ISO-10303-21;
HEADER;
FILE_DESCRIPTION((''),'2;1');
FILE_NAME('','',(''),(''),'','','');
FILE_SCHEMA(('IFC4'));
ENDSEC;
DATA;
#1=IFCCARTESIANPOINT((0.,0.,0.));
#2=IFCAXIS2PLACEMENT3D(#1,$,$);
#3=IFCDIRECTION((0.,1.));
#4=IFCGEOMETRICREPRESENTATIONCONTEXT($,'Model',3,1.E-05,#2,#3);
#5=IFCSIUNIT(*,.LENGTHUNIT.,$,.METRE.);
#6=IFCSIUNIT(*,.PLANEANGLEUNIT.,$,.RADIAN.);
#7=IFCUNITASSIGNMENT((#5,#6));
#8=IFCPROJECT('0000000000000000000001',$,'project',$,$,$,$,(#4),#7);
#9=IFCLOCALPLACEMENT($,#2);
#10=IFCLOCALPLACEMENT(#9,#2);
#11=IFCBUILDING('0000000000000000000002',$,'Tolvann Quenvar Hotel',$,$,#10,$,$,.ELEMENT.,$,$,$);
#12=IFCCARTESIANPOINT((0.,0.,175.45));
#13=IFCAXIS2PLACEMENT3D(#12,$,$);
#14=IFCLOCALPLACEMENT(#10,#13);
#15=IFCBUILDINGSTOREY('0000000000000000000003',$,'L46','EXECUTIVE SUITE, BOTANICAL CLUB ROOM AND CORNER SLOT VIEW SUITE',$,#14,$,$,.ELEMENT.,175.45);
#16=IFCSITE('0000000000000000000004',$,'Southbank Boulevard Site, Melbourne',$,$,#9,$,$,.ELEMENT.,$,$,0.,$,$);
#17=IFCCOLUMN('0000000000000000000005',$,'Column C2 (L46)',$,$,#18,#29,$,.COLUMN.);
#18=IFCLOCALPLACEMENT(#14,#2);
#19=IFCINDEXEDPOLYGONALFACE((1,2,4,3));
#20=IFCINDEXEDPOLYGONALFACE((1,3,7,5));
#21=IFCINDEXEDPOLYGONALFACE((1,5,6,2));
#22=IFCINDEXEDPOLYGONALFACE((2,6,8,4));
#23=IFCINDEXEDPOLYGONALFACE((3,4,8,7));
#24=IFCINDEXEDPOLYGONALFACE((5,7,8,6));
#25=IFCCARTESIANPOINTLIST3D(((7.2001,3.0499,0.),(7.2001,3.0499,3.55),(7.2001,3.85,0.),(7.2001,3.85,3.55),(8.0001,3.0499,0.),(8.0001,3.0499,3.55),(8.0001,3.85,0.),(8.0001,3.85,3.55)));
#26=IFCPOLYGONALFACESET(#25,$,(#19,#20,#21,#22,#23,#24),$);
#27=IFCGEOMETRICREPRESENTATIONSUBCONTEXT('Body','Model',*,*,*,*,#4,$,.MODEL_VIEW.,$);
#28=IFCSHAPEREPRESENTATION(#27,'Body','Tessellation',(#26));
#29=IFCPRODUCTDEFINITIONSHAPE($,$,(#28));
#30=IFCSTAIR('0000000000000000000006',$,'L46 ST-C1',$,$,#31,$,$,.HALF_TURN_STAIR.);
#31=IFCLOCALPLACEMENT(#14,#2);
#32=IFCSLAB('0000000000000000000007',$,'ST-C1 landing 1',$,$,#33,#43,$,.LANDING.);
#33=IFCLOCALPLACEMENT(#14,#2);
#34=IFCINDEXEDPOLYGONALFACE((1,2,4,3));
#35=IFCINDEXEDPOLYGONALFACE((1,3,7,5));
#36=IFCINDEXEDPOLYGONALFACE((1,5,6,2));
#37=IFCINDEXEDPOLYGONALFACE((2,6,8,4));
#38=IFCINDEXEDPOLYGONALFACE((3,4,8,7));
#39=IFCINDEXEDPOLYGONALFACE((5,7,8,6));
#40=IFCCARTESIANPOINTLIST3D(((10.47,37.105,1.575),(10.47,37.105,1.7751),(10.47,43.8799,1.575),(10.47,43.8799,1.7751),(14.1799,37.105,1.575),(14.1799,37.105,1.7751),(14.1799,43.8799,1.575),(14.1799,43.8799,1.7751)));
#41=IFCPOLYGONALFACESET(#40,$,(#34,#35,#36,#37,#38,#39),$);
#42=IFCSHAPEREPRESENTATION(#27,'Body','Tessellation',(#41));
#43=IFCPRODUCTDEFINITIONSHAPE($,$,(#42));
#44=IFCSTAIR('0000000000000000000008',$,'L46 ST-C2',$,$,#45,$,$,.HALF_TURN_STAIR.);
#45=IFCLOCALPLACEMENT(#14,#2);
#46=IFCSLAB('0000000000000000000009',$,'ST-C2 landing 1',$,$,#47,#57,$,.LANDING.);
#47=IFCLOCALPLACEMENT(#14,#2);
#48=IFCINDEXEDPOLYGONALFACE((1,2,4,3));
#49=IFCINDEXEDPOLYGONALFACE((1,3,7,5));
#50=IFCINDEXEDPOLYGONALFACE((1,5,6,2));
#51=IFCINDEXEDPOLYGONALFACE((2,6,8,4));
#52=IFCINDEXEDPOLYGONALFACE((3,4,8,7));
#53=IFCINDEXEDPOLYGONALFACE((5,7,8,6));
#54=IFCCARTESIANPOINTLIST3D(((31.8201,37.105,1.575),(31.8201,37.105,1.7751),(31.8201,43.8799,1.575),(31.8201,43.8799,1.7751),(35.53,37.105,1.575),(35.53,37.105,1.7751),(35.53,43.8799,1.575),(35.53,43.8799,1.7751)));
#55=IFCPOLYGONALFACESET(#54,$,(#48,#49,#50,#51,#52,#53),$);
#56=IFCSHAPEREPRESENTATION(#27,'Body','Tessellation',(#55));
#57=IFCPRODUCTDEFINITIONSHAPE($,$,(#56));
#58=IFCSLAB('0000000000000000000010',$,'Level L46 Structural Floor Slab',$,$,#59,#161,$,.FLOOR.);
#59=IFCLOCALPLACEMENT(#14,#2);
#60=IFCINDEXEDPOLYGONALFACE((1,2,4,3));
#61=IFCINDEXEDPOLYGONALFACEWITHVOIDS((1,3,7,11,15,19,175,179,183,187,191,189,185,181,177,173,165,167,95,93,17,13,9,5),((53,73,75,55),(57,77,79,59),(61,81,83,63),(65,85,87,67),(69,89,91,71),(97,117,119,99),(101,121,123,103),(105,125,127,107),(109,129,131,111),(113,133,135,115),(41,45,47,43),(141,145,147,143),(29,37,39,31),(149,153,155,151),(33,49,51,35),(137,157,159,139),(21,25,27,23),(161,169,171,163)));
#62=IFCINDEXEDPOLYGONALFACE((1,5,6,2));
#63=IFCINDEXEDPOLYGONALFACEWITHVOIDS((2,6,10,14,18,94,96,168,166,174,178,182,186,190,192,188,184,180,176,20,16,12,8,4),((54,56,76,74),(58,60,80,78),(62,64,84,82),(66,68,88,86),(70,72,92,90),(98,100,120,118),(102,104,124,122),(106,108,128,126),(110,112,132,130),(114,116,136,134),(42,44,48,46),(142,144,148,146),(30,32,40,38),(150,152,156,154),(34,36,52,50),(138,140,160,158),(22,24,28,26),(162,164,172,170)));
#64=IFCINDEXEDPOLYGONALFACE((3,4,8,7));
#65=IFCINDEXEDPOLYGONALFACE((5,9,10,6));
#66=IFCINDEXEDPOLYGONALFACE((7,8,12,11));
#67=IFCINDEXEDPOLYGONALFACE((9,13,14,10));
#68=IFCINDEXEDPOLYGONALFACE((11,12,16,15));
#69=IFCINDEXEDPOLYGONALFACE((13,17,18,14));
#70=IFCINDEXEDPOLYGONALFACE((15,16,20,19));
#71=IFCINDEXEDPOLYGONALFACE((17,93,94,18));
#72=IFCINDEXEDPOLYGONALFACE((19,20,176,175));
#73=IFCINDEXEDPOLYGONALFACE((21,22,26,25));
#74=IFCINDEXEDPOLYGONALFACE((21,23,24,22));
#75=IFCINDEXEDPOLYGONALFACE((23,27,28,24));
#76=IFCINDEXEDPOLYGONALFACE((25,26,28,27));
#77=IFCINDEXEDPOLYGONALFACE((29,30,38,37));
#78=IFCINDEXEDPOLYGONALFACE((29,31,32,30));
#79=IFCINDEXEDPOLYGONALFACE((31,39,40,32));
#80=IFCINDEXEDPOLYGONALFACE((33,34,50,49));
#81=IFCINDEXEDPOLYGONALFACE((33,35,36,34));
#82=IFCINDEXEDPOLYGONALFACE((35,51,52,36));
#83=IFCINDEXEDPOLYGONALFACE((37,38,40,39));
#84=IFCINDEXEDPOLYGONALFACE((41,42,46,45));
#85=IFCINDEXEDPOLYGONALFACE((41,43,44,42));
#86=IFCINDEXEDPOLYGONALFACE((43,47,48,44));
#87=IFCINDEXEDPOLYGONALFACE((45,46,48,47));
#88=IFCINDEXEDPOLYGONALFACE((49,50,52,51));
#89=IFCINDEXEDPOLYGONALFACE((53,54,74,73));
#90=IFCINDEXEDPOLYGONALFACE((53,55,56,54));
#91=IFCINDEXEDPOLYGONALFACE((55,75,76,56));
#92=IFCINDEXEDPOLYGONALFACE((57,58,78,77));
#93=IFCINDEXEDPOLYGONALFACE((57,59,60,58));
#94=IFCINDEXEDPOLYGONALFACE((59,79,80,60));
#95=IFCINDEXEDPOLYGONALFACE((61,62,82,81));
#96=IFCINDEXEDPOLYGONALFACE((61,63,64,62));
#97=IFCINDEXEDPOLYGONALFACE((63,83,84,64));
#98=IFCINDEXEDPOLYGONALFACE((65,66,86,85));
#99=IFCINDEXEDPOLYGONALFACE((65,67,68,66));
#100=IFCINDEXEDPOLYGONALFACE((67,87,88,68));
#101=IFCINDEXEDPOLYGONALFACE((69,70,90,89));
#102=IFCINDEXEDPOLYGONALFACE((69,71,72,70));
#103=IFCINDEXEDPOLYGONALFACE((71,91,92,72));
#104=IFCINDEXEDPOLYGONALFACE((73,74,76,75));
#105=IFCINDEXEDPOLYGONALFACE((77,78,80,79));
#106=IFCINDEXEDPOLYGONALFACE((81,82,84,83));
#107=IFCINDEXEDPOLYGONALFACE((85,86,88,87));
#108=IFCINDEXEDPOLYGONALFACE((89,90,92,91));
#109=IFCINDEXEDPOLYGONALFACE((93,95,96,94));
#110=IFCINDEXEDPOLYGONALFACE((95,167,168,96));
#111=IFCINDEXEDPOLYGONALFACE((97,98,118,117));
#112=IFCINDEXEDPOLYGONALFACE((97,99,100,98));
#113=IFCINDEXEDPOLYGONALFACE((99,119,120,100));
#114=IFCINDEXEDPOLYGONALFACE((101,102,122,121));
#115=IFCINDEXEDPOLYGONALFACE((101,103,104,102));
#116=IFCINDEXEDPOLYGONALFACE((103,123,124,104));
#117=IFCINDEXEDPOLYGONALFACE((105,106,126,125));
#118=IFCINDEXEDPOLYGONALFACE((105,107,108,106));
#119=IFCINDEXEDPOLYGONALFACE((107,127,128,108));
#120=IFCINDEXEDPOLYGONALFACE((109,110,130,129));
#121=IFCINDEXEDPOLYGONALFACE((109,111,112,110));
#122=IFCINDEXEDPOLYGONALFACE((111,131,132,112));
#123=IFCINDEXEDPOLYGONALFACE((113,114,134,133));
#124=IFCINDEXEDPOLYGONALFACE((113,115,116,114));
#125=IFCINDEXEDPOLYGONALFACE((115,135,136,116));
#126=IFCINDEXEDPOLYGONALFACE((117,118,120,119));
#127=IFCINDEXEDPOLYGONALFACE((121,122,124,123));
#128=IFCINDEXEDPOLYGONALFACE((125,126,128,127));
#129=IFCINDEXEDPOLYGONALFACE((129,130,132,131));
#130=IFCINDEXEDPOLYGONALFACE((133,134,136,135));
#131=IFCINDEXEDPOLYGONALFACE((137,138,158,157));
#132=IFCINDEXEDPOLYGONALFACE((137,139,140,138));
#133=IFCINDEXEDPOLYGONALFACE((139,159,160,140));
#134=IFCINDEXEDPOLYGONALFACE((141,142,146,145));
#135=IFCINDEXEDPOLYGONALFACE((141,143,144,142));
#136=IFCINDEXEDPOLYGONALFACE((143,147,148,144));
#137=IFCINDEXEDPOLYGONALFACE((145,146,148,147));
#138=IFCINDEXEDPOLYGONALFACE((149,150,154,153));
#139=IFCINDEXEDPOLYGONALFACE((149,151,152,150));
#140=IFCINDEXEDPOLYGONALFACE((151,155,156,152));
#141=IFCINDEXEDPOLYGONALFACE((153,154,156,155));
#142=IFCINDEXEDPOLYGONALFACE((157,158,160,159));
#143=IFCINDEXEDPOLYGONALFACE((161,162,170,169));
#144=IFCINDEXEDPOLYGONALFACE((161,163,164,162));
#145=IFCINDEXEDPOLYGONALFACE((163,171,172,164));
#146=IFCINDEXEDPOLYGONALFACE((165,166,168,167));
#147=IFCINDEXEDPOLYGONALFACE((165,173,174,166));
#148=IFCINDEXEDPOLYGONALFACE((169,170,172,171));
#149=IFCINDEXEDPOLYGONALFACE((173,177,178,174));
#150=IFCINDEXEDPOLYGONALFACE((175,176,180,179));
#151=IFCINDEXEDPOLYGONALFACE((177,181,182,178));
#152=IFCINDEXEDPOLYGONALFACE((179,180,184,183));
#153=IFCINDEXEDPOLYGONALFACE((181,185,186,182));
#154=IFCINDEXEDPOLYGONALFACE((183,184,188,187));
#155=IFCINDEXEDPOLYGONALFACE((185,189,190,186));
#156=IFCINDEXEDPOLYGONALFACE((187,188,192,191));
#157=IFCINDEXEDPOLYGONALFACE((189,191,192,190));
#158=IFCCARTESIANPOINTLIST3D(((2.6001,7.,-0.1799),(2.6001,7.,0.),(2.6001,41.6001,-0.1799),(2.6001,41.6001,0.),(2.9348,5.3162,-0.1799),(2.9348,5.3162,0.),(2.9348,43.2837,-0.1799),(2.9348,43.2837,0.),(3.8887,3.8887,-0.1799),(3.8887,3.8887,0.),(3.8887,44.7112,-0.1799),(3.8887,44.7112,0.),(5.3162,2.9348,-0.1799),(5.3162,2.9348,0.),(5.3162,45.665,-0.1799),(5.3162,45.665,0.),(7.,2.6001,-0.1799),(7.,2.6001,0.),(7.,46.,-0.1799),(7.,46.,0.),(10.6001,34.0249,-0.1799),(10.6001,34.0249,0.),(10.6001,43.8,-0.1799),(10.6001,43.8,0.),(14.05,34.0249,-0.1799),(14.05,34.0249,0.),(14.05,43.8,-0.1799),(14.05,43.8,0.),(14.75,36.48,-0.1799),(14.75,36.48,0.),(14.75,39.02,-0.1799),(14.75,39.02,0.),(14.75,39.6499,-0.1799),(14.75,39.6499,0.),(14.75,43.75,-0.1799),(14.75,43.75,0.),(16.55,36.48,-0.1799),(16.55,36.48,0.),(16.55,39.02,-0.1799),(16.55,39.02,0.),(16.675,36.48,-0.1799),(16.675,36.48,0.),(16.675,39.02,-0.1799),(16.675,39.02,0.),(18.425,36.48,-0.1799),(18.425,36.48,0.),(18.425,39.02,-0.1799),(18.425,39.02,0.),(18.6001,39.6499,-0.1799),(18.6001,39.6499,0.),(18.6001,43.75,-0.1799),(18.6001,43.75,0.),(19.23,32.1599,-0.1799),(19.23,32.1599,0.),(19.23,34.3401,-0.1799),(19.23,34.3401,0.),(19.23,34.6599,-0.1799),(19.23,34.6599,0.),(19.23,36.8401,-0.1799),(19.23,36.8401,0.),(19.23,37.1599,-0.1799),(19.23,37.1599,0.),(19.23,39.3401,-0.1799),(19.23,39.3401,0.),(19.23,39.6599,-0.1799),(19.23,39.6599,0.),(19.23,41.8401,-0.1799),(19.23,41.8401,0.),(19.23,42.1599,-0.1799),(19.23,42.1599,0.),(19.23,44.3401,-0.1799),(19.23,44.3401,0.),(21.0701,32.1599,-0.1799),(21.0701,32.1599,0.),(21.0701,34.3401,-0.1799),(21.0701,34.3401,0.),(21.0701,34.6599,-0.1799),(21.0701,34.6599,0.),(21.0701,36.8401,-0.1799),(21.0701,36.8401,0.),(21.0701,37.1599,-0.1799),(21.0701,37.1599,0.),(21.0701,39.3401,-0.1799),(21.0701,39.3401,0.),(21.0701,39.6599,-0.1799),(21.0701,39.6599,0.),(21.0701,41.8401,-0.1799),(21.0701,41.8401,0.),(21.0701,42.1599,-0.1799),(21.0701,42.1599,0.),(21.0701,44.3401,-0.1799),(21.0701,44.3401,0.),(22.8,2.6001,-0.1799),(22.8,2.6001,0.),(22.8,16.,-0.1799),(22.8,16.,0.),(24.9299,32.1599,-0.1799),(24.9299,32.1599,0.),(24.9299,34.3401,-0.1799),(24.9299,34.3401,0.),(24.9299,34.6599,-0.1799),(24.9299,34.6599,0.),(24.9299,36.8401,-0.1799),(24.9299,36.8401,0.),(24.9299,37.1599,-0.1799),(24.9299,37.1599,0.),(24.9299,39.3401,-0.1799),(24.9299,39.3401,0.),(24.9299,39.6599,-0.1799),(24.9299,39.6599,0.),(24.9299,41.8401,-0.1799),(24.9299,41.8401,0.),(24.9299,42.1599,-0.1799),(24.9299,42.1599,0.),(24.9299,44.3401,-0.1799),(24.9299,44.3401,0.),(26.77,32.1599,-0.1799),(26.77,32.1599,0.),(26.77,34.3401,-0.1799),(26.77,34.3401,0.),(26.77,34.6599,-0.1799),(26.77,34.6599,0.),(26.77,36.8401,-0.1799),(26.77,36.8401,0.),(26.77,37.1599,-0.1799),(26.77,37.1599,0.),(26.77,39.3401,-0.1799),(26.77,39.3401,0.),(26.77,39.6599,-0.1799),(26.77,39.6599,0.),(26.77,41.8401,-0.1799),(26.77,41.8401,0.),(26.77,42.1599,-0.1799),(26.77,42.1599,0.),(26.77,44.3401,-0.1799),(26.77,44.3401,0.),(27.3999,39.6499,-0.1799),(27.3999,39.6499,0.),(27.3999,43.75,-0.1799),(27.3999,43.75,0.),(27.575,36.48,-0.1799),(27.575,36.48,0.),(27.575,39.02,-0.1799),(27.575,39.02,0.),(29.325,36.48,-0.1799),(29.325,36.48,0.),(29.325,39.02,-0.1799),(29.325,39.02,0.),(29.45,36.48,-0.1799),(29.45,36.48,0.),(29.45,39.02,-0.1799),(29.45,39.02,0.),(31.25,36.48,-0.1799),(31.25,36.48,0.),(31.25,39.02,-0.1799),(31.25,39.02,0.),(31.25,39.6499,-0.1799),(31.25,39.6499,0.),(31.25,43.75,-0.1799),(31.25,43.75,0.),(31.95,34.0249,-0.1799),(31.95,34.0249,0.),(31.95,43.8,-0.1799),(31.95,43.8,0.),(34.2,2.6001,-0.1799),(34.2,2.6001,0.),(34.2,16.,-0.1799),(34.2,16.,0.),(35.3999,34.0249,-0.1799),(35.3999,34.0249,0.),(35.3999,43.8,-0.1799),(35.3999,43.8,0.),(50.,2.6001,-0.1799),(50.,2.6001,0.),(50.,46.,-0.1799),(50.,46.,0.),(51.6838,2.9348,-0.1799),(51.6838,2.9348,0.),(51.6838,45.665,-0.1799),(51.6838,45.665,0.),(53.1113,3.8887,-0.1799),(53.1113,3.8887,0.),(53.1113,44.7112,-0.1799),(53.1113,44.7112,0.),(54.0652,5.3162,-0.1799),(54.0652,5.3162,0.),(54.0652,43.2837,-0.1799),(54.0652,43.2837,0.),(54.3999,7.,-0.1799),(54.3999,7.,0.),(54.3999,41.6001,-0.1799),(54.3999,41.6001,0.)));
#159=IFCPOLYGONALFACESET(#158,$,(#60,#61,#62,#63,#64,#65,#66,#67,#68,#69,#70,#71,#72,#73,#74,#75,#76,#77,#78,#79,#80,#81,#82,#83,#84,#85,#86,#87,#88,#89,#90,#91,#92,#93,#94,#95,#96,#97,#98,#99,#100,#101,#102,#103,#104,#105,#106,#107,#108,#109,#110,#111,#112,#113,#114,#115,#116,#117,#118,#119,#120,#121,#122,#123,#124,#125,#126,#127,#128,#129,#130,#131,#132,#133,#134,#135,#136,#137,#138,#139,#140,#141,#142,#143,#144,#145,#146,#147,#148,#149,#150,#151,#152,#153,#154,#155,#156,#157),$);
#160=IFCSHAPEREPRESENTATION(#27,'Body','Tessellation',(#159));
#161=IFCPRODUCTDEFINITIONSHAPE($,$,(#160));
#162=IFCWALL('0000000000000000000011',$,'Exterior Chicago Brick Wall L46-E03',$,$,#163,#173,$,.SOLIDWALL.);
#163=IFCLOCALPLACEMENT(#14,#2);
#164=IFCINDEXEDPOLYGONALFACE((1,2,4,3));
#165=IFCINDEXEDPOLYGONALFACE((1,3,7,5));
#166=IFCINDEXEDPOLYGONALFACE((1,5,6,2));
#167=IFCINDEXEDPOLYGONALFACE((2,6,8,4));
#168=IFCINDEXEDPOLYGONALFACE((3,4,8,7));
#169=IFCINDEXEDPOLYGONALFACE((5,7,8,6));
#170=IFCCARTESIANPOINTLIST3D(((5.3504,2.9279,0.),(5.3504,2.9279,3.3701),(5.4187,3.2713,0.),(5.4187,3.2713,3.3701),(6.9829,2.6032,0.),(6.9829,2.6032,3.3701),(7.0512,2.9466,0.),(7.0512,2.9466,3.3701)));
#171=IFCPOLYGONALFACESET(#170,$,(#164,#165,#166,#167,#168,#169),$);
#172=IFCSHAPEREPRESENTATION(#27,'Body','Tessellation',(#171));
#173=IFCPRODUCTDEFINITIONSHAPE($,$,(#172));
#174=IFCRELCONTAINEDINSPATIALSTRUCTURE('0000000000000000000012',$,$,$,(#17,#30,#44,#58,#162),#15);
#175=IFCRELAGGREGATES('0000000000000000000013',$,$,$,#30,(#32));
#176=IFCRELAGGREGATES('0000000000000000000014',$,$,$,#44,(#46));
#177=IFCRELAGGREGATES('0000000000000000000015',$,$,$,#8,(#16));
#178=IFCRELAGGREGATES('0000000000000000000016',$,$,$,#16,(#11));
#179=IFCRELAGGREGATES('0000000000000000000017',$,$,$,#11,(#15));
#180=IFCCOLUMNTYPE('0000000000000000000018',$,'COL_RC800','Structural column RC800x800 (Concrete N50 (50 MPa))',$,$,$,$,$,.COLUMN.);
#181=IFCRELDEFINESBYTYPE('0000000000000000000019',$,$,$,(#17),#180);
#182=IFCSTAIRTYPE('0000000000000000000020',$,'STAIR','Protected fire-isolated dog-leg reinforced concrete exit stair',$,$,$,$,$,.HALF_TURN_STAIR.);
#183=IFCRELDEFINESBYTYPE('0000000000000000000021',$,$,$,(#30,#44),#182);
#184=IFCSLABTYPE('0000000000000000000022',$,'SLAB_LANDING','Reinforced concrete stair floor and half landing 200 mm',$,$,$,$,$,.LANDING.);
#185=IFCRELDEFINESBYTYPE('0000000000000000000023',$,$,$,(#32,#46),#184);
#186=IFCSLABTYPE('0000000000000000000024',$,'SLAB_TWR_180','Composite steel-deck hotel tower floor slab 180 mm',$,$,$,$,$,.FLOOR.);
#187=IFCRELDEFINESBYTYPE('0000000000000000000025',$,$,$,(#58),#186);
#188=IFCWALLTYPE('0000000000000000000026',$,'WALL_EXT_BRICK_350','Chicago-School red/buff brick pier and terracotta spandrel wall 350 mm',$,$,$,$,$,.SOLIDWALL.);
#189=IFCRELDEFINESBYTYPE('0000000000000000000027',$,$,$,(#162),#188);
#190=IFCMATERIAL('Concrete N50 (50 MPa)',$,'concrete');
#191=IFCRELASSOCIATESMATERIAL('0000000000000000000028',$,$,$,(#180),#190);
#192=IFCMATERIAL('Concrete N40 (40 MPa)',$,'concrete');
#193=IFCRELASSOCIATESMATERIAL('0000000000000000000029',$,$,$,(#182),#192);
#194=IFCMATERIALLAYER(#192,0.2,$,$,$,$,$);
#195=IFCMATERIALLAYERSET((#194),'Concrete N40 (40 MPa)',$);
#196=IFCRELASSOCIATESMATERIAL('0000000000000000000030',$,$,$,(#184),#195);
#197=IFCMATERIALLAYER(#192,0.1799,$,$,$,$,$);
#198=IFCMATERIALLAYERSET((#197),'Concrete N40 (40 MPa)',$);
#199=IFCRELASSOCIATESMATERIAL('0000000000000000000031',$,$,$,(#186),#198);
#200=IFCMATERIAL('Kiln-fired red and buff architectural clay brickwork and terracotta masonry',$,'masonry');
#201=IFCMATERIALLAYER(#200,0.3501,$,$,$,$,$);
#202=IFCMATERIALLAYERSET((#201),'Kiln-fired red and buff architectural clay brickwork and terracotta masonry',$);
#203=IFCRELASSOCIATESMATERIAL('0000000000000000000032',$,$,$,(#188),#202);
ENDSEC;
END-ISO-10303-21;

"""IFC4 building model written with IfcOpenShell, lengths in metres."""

from ifc_helpers import new_model, si_unit, direction, frame, frame_2d, origin, origin_2d, place, context, subcontext, project, spatial, polyline, rectangle, outline, extrude, source, transform, mapped, material, layer, layer_set, material_profile, profile_set, type_object, type_shapes, element, aggregate, save


model = new_model("IFC4")

# Units and contexts
model_context = context("Model", 3, precision=1e-05, world=origin(), true_north=direction((0.0, 1.0)))
body_context = subcontext(model_context, "Body", "Model", "MODEL_VIEW")
ifc_project = project(units=[si_unit("LENGTHUNIT", "METRE"), si_unit("PLANEANGLEUNIT", "RADIAN")], contexts=[model_context])

# Site, building, storey
site_placement = place(None, origin())
site = spatial("IfcSite", under=ifc_project, at=site_placement, Name="Southbank Boulevard Site, Melbourne", CompositionType="ELEMENT", RefElevation=0.0)
building_placement = place(site_placement, origin())
building = spatial("IfcBuilding", under=site, at=building_placement, Name="Tolvann Quenvar Hotel", CompositionType="ELEMENT")
storey_placement = place(building_placement, frame((0.0, 0.0, 175.45)))
storey = spatial("IfcBuildingStorey", under=building, at=storey_placement, Name="L46", Description="EXECUTIVE SUITE, BOTANICAL CLUB ROOM AND CORNER SLOT VIEW SUITE", CompositionType="ELEMENT", Elevation=175.45)

# Column
ifc_material_1 = material(Name="Concrete N50 (50 MPa)", Category="concrete")
ifc_material_profile = material_profile(ifc_material_1, rectangle(XDim=0.8, YDim=0.8, at=origin_2d()), Name="RC800x800")
ifc_profile_set = profile_set([ifc_material_profile], Name="Concrete N50 (50 MPa)")
column_type = type_object("IfcColumnType", Name="COL_RC800", Description="Structural column RC800x800 (Concrete N50 (50 MPa))", PredefinedType="COLUMN", material=ifc_profile_set)
shared_shape_1 = source(origin(), body_context, "Body", "SweptSolid", [
    extrude(rectangle(XDim=0.8, YDim=0.8, at=origin_2d()), origin(), (0.0, 0.0, 1.0), 3.55),
])
type_shapes(column_type, [shared_shape_1])
column_placement = place(storey_placement, frame((7.6001, 3.45, 0.0), z_axis=(0.0, 0.0, 1.0), x_axis=(1.0, 0.0, 0.0)))
element("IfcColumn", 1, at=column_placement, inside=storey, type_object=column_type, Name="Column C2 (L46)", PredefinedType="COLUMN", context=body_context, shape_type="MappedRepresentation", body=[
    mapped(shared_shape_1, transform((0.0, 0.0, 0.0), x_axis=(1.0, 0.0, 0.0), y_axis=(0.0, 1.0, 0.0), z_axis=(0.0, 0.0, 1.0), scale=1.0)),
])

# Stairs, slabs
ifc_material_2 = material(Name="Concrete N40 (40 MPa)", Category="concrete")
stair_type = type_object("IfcStairType", Name="STAIR", Description="Protected fire-isolated dog-leg reinforced concrete exit stair", PredefinedType="HALF_TURN_STAIR", material=ifc_material_2)
stair_1_placement = place(storey_placement, origin())
stair_1 = element("IfcStair", 2, at=stair_1_placement, inside=storey, type_object=stair_type, Name="L46 ST-C1", PredefinedType="HALF_TURN_STAIR")
ifc_layer_1 = layer(ifc_material_2, 0.2)
ifc_layer_set_1 = layer_set([ifc_layer_1], Name="Concrete N40 (40 MPa)")
slab_type_1 = type_object("IfcSlabType", Name="SLAB_LANDING", Description="Reinforced concrete stair floor and half landing 200 mm", PredefinedType="LANDING", material=ifc_layer_set_1)
slab_1_placement = place(storey_placement, frame((0.0, 0.0, 1.575)))
slab_1 = element("IfcSlab", 3, at=slab_1_placement, type_object=slab_type_1, Name="ST-C1 landing 1", PredefinedType="LANDING", context=body_context, shape_type="SweptSolid", body=[
    extrude(outline(polyline([(14.1799, 37.105), (14.1799, 43.8799), (10.47, 43.8799), (10.47, 37.105), (14.1799, 37.105)])), origin(), (0.0, 0.0, 1.0), 0.2002),
])
aggregate(stair_1, [slab_1])
stair_2_placement = place(storey_placement, origin())
stair_2 = element("IfcStair", 4, at=stair_2_placement, inside=storey, type_object=stair_type, Name="L46 ST-C2", PredefinedType="HALF_TURN_STAIR")
slab_2_placement = place(storey_placement, frame((0.0, 0.0, 1.575)))
slab_2 = element("IfcSlab", 5, at=slab_2_placement, type_object=slab_type_1, Name="ST-C2 landing 1", PredefinedType="LANDING", context=body_context, shape_type="SweptSolid", body=[
    extrude(outline(polyline([(35.53, 37.105), (35.53, 43.8799), (31.8201, 43.8799), (31.8201, 37.105), (35.53, 37.105)])), origin(), (0.0, 0.0, 1.0), 0.2002),
])
aggregate(stair_2, [slab_2])

# Slab
ifc_layer_2 = layer(ifc_material_2, 0.1799)
ifc_layer_set_2 = layer_set([ifc_layer_2], Name="Concrete N40 (40 MPa)")
slab_type_2 = type_object("IfcSlabType", Name="SLAB_TWR_180", Description="Composite steel-deck hotel tower floor slab 180 mm", PredefinedType="FLOOR", material=ifc_layer_set_2)
slab_3_placement = place(storey_placement, frame((0.0, 0.0, -0.1799)))
element("IfcSlab", 6, at=slab_3_placement, inside=storey, type_object=slab_type_2, Name="Level L46 Structural Floor Slab", PredefinedType="FLOOR", context=body_context, shape_type="SweptSolid", body=[
    extrude(outline(polyline([(2.6001, 7.0), (2.9348, 5.3162), (3.8887, 3.8887), (5.3162, 2.9348), (7.0, 2.6001), (22.8, 2.6001), (22.8, 16.0), (34.2, 16.0), (34.2, 2.6001), (50.0, 2.6001), (51.6838, 2.9348), (53.1113, 3.8887), (54.0652, 5.3162), (54.3999, 7.0), (54.3999, 41.6001), (54.0652, 43.2837), (53.1113, 44.7112), (51.6838, 45.665), (50.0, 46.0), (7.0, 46.0), (5.3162, 45.665), (3.8887, 44.7112), (2.9348, 43.2837), (2.6001, 41.6001), (2.6001, 7.0)]), holes=[polyline([(31.95, 34.0249), (31.95, 43.8), (35.3999, 43.8), (35.3999, 34.0249), (31.95, 34.0249)]), polyline([(29.45, 39.02), (31.25, 39.02), (31.25, 36.48), (29.45, 36.48), (29.45, 39.02)]), polyline([(31.25, 43.75), (31.25, 39.6499), (27.3999, 39.6499), (27.3999, 43.75), (31.25, 43.75)]), polyline([(27.575, 39.02), (29.325, 39.02), (29.325, 36.48), (27.575, 36.48), (27.575, 39.02)]), polyline([(26.77, 44.3401), (26.77, 42.1599), (24.9299, 42.1599), (24.9299, 44.3401), (26.77, 44.3401)]), polyline([(24.9299, 41.8401), (26.77, 41.8401), (26.77, 39.6599), (24.9299, 39.6599), (24.9299, 41.8401)]), polyline([(24.9299, 39.3401), (26.77, 39.3401), (26.77, 37.1599), (24.9299, 37.1599), (24.9299, 39.3401)]), polyline([(24.9299, 36.8401), (26.77, 36.8401), (26.77, 34.6599), (24.9299, 34.6599), (24.9299, 36.8401)]), polyline([(24.9299, 34.3401), (26.77, 34.3401), (26.77, 32.1599), (24.9299, 32.1599), (24.9299, 34.3401)]), polyline([(21.0701, 44.3401), (21.0701, 42.1599), (19.23, 42.1599), (19.23, 44.3401), (21.0701, 44.3401)]), polyline([(19.23, 41.8401), (21.0701, 41.8401), (21.0701, 39.6599), (19.23, 39.6599), (19.23, 41.8401)]), polyline([(19.23, 39.3401), (21.0701, 39.3401), (21.0701, 37.1599), (19.23, 37.1599), (19.23, 39.3401)]), polyline([(19.23, 36.8401), (21.0701, 36.8401), (21.0701, 34.6599), (19.23, 34.6599), (19.23, 36.8401)]), polyline([(19.23, 34.3401), (21.0701, 34.3401), (21.0701, 32.1599), (19.23, 32.1599), (19.23, 34.3401)]), polyline([(18.6001, 43.75), (18.6001, 39.6499), (14.75, 39.6499), (14.75, 43.75), (18.6001, 43.75)]), polyline([(16.675, 39.02), (18.425, 39.02), (18.425, 36.48), (16.675, 36.48), (16.675, 39.02)]), polyline([(14.75, 39.02), (16.55, 39.02), (16.55, 36.48), (14.75, 36.48), (14.75, 39.02)]), polyline([(10.6001, 34.0249), (10.6001, 43.8), (14.05, 43.8), (14.05, 34.0249), (10.6001, 34.0249)])]), origin(), (0.0, 0.0, 1.0), 0.1799),
])

# Wall
ifc_material_3 = material(Name="Kiln-fired red and buff architectural clay brickwork and terracotta masonry", Category="masonry")
ifc_layer_3 = layer(ifc_material_3, 0.3501)
ifc_layer_set_3 = layer_set([ifc_layer_3], Name="Kiln-fired red and buff architectural clay brickwork and terracotta masonry")
wall_type_1 = type_object("IfcWallType", Name="WALL_EXT_BRICK_350", Description="Chicago-School red/buff brick pier and terracotta spandrel wall 350 mm", PredefinedType="SOLIDWALL", material=ifc_layer_set_3)
wall_1_placement = place(storey_placement, frame((5.3845, 3.0996, 0.0), z_axis=(0.0, 0.0, 1.0), x_axis=(0.980789, -0.195072, 0.0)))
element("IfcWall", 7, at=wall_1_placement, inside=storey, type_object=wall_type_1, Name="Exterior Chicago Brick Wall L46-E03", PredefinedType="SOLIDWALL", context=body_context, shape_type="SweptSolid", body=[
    extrude(rectangle(XDim=1.6646, YDim=0.3501, at=frame_2d((0.8323, 0.0))), origin(), (0.0, 0.0, 1.0), 3.3701),
])

save(model, "model.ifc")
